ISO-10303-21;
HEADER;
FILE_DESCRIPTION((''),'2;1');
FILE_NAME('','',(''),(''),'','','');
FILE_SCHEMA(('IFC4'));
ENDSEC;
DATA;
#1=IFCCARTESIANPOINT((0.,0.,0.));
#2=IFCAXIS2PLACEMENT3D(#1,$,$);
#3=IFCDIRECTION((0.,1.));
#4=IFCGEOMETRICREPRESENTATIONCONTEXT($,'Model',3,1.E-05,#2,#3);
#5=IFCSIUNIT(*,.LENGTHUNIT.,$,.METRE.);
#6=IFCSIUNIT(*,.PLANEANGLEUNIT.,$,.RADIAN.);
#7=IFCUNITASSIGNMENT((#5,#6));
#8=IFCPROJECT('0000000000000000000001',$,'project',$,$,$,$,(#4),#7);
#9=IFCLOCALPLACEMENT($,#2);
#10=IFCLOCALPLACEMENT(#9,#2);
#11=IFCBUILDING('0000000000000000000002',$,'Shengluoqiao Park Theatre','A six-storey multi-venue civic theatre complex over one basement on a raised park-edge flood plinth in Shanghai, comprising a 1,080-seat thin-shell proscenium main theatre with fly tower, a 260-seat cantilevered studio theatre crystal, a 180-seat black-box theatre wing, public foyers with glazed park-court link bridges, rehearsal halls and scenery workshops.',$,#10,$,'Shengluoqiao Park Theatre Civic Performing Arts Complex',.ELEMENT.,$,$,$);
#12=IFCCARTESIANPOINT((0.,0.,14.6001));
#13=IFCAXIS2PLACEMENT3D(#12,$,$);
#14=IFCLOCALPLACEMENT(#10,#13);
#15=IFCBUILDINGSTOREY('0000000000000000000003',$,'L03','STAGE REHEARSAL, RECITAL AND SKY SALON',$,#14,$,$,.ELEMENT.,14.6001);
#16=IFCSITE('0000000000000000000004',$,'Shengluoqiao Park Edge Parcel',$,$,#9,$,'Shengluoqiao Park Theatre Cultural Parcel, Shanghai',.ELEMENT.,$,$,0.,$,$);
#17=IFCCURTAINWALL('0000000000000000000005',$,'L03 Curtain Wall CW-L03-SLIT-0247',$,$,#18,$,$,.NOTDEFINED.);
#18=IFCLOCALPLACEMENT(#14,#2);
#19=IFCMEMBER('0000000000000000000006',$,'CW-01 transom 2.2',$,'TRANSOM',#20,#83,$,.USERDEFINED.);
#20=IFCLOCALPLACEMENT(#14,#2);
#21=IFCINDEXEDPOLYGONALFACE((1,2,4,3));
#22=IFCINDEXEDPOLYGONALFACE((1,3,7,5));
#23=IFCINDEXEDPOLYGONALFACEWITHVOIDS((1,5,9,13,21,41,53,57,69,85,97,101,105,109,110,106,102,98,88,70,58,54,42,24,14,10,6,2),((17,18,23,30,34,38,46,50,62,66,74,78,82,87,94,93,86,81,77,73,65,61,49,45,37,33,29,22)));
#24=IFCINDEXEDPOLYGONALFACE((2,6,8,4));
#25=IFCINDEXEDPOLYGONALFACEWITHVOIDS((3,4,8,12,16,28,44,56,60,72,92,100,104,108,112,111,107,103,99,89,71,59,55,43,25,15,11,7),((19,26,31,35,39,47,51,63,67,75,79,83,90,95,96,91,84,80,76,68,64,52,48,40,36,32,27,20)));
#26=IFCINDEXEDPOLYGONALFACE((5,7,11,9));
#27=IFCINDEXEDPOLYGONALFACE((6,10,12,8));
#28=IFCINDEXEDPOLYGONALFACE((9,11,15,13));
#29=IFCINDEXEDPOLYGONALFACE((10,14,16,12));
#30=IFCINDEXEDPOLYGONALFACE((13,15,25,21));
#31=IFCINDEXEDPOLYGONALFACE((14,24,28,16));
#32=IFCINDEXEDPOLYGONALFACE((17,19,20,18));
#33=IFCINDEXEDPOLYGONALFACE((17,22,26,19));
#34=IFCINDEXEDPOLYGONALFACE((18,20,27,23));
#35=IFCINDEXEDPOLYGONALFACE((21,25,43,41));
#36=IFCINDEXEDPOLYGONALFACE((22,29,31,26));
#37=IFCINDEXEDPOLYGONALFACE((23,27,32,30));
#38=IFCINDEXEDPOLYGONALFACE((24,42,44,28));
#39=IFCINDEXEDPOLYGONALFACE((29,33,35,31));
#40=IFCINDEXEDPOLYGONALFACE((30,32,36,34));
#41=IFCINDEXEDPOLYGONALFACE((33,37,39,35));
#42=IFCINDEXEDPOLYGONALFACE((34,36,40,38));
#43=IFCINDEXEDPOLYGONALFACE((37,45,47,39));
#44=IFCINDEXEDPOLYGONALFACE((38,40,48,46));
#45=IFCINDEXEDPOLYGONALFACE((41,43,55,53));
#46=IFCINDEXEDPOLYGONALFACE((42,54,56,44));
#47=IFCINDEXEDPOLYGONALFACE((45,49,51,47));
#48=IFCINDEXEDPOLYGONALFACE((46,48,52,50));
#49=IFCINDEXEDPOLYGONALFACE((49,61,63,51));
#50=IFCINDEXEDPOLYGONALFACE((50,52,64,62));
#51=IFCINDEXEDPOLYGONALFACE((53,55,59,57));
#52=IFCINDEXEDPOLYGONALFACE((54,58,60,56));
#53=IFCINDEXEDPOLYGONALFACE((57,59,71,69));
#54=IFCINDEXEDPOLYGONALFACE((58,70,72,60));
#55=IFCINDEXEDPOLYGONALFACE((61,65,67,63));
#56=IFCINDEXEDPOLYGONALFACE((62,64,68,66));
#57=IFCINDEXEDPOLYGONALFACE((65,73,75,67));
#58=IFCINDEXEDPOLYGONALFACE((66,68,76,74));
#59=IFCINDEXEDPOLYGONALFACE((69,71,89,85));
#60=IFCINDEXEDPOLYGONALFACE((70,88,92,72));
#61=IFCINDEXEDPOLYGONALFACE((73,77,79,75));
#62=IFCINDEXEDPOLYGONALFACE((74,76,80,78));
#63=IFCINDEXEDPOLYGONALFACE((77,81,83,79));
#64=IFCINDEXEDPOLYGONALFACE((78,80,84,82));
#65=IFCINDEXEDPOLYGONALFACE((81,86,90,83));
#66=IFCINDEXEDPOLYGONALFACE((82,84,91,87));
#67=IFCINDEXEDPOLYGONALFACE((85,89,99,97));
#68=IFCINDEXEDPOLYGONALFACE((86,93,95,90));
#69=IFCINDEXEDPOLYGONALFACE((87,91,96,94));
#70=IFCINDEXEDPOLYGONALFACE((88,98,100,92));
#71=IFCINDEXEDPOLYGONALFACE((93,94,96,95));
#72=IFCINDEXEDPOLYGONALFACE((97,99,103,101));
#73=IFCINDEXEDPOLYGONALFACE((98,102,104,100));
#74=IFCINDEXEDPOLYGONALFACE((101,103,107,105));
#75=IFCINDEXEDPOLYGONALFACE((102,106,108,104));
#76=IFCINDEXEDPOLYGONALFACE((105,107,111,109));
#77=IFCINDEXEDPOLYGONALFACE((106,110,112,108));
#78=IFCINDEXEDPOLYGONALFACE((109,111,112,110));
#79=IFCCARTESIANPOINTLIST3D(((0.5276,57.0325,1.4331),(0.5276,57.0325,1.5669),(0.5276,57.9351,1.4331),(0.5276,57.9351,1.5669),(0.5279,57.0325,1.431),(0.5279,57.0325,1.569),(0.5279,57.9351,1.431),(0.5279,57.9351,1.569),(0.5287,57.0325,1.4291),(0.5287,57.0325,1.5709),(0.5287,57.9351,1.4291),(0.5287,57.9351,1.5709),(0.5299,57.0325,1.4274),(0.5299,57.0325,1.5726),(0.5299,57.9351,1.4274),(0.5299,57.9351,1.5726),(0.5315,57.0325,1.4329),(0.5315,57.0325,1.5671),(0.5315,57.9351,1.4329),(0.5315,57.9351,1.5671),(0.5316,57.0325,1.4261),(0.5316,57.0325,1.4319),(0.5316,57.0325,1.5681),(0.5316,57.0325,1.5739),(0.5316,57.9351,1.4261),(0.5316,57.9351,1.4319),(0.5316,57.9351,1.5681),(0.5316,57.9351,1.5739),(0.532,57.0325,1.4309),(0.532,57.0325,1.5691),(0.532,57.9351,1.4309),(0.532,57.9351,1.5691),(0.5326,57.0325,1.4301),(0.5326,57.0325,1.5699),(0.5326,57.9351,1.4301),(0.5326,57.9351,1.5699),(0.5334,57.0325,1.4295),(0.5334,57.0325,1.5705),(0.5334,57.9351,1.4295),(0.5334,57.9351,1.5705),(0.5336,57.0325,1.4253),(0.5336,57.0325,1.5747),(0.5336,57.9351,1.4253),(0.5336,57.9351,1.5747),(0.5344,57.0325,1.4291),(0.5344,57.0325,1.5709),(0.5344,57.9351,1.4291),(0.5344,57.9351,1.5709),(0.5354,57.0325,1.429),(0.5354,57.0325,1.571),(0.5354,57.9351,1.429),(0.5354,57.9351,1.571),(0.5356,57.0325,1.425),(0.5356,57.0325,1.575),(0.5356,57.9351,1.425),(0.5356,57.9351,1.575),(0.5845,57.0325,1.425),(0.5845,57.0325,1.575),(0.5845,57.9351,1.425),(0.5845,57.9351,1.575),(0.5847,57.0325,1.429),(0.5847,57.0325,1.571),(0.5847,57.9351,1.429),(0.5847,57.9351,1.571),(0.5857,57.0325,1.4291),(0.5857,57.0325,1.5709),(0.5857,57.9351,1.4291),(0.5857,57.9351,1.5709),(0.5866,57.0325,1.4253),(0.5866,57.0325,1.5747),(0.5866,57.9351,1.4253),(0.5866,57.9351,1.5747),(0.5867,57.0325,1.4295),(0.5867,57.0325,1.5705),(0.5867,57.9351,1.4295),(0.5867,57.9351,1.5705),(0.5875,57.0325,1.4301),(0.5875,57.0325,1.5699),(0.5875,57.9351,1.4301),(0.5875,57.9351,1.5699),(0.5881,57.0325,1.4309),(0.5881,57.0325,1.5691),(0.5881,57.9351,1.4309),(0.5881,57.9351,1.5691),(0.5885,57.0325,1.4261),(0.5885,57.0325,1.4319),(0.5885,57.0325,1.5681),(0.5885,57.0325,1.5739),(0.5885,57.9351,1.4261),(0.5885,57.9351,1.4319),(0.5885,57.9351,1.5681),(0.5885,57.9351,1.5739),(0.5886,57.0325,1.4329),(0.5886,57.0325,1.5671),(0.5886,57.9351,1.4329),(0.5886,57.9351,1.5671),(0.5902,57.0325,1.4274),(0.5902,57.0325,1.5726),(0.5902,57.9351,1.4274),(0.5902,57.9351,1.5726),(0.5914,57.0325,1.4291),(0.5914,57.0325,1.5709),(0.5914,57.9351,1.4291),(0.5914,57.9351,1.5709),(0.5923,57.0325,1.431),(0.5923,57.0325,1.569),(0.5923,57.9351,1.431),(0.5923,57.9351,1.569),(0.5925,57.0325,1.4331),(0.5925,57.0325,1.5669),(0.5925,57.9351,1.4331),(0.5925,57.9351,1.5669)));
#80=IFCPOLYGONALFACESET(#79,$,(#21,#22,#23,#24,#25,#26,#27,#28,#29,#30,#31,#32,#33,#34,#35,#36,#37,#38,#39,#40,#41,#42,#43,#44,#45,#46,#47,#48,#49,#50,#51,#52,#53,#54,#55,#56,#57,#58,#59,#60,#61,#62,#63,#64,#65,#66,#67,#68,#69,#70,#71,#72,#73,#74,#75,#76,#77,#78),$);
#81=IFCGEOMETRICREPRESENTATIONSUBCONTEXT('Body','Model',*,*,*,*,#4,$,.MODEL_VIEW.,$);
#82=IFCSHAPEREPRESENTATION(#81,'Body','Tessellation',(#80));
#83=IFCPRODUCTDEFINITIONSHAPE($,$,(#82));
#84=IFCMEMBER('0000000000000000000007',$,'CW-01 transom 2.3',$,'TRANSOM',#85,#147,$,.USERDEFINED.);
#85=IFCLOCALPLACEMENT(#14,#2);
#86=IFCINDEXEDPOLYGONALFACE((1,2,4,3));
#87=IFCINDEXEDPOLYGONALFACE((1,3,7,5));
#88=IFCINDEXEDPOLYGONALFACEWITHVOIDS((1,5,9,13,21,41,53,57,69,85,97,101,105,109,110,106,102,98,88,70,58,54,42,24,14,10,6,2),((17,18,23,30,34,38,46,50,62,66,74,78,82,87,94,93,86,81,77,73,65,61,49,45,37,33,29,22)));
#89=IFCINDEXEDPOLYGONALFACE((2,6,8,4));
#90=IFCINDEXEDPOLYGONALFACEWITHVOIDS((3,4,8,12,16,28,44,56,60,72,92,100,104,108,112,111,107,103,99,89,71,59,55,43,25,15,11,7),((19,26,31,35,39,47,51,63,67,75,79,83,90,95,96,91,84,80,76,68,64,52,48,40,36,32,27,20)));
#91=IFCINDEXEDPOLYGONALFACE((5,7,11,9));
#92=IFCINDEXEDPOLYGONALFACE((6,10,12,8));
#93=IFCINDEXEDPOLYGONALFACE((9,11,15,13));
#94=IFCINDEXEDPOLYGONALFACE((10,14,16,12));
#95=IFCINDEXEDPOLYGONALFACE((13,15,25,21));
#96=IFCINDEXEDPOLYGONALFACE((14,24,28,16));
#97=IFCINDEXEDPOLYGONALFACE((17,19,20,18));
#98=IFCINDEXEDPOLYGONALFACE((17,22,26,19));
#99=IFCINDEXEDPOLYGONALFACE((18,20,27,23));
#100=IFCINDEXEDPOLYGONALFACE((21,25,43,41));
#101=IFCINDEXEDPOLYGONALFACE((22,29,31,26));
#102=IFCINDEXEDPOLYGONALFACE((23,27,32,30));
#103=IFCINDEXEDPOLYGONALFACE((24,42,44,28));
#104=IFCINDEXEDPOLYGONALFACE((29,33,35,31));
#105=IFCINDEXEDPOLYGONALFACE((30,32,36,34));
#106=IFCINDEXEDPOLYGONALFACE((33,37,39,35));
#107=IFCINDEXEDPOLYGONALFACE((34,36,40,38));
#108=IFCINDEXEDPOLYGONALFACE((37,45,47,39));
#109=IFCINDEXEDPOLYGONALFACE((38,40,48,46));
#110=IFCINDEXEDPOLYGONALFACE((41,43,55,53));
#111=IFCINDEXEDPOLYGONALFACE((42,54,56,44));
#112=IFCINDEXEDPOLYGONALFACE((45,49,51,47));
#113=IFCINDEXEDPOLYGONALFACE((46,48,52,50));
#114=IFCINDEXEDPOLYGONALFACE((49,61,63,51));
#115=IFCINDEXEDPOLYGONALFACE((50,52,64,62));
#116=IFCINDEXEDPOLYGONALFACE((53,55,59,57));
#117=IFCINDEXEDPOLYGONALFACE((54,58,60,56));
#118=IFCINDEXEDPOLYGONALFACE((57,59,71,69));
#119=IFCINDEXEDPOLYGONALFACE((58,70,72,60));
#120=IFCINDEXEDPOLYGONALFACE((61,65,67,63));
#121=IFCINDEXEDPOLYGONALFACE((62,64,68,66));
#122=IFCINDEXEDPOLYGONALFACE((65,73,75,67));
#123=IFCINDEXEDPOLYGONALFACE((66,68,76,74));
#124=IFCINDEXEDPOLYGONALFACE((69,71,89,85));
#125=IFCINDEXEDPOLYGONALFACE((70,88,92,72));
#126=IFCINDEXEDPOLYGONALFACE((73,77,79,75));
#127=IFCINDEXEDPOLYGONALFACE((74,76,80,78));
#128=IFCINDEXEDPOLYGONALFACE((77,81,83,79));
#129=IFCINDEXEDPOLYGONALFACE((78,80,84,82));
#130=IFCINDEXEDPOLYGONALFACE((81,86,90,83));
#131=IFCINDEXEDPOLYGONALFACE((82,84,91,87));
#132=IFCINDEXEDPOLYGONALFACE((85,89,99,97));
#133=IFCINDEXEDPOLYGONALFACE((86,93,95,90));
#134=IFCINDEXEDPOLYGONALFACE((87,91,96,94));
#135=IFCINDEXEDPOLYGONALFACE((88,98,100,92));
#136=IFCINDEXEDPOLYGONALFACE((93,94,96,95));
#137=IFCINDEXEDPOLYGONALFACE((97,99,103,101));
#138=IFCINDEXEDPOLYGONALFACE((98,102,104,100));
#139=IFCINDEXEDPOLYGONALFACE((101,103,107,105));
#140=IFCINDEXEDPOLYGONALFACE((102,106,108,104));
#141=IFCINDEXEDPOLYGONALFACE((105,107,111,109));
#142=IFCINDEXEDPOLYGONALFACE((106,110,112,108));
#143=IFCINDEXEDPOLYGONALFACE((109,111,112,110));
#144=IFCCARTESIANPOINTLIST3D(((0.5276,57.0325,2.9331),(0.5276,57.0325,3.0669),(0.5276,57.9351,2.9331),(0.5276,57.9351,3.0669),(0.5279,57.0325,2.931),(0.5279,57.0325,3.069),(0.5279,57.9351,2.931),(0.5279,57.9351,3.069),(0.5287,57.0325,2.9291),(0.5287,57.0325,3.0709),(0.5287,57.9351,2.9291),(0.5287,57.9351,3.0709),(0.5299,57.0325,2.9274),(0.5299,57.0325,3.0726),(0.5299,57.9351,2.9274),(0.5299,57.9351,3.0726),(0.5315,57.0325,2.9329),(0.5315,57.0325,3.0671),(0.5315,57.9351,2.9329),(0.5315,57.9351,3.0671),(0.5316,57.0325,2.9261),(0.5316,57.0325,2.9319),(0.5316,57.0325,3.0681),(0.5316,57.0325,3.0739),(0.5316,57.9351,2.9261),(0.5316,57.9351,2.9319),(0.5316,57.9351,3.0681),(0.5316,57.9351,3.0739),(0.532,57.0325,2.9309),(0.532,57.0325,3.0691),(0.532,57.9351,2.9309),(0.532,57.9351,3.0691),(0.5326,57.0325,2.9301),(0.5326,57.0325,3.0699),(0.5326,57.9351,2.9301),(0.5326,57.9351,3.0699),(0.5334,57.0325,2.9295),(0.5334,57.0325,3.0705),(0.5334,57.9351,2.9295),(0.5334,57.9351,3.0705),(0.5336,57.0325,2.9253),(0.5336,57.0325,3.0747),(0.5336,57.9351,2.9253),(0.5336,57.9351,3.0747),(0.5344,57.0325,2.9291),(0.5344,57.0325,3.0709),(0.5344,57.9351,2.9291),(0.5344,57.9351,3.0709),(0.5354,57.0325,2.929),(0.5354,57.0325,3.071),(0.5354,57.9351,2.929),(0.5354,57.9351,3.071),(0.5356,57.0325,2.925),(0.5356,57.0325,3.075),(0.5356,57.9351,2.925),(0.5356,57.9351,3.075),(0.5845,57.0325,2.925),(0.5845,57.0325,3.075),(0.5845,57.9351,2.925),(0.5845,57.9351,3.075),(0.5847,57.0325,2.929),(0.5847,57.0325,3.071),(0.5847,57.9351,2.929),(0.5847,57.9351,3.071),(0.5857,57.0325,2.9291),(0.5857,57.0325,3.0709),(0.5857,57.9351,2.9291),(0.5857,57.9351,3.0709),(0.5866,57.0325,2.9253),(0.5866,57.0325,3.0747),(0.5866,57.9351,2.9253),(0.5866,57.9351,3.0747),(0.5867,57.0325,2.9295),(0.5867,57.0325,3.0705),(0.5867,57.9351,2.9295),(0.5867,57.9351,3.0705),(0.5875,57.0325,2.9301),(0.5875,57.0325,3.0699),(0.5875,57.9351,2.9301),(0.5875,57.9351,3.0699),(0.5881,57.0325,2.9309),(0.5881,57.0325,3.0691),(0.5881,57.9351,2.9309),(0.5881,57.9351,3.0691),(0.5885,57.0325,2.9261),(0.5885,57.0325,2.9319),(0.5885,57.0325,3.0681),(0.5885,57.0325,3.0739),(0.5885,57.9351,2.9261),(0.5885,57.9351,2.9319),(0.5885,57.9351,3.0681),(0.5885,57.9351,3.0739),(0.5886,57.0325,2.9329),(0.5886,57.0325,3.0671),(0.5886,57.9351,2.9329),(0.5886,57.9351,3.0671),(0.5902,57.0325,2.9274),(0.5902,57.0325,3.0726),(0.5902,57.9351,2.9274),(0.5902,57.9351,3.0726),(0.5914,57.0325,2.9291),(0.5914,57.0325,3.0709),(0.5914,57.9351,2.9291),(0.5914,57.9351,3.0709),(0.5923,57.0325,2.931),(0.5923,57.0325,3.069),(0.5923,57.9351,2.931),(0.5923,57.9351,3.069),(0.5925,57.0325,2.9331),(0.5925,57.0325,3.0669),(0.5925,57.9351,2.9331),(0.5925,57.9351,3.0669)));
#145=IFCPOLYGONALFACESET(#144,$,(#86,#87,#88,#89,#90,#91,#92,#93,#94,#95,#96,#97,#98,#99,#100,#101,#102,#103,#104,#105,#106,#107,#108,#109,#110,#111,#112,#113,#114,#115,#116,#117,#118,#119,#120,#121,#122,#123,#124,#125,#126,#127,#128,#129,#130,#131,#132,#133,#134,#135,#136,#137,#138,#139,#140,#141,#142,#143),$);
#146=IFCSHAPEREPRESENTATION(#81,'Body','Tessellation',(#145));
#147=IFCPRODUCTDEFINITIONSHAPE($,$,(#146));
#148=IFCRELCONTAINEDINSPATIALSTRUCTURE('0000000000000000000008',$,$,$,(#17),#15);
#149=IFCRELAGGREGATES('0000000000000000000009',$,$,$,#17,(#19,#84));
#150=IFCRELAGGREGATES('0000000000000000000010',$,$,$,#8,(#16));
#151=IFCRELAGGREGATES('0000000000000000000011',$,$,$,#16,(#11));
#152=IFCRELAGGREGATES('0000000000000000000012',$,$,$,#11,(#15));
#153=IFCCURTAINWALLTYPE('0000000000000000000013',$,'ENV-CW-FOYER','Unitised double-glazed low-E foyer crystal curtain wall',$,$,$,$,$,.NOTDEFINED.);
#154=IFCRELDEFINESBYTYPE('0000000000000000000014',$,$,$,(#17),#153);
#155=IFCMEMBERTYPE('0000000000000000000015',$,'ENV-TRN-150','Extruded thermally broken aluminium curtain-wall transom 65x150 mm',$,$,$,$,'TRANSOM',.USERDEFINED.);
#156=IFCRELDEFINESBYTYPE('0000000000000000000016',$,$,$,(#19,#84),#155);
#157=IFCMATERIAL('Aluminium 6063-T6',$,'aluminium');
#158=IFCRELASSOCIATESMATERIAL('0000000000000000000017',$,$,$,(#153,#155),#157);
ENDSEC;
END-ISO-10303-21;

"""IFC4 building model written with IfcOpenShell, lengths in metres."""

from ifc_helpers import new_model, si_unit, direction, frame, origin, origin_2d, place, context, subcontext, project, spatial, hollow_rectangle, extrude, material, material_profile, profile_set, type_object, element, aggregate, save


model = new_model("IFC4")

# Units and contexts
model_context = context("Model", 3, precision=1e-05, world=origin(), true_north=direction((0.0, 1.0)))
body_context = subcontext(model_context, "Body", "Model", "MODEL_VIEW")
ifc_project = project(units=[si_unit("LENGTHUNIT", "METRE"), si_unit("PLANEANGLEUNIT", "RADIAN")], contexts=[model_context])

# Site, building, storey
site_placement = place(None, origin())
site = spatial("IfcSite", under=ifc_project, at=site_placement, Name="Shengluoqiao Park Edge Parcel", LongName="Shengluoqiao Park Theatre Cultural Parcel, Shanghai", CompositionType="ELEMENT", RefElevation=0.0)
building_placement = place(site_placement, origin())
building = spatial("IfcBuilding", under=site, at=building_placement, Name="Shengluoqiao Park Theatre", Description="A six-storey multi-venue civic theatre complex over one basement on a raised park-edge flood plinth in Shanghai, comprising a 1,080-seat thin-shell proscenium main theatre with fly tower, a 260-seat cantilevered studio theatre crystal, a 180-seat black-box theatre wing, public foyers with glazed park-court link bridges, rehearsal halls and scenery workshops.", LongName="Shengluoqiao Park Theatre Civic Performing Arts Complex", CompositionType="ELEMENT")
storey_placement = place(building_placement, frame((0.0, 0.0, 14.6001)))
storey = spatial("IfcBuildingStorey", under=building, at=storey_placement, Name="L03", Description="STAGE REHEARSAL, RECITAL AND SKY SALON", CompositionType="ELEMENT", Elevation=14.6001)

# Curtain wall, members
ifc_material_1 = material(Name="Aluminium 6063-T6", Category="aluminium")
curtain_wall_type = type_object("IfcCurtainWallType", Name="ENV-CW-FOYER", Description="Unitised double-glazed low-E foyer crystal curtain wall", PredefinedType="NOTDEFINED", material=ifc_material_1)
curtain_wall_placement = place(storey_placement, origin())
curtain_wall = element("IfcCurtainWall", 1, at=curtain_wall_placement, inside=storey, type_object=curtain_wall_type, Name="L03 Curtain Wall CW-L03-SLIT-0247", PredefinedType="NOTDEFINED")
ifc_material_profile_1 = material_profile(ifc_material_1, hollow_rectangle(XDim=0.0649, YDim=0.1499, WallThickness=0.0039, InnerFilletRadius=0.0039, OuterFilletRadius=0.0081, at=origin_2d()), Name="ALU TRANSOM 150x65x4")
ifc_profile_set_1 = profile_set([ifc_material_profile_1], Name="Aluminium 6063-T6")
member_type_1 = type_object("IfcMemberType", Name="ENV-TRN-150", Description="Extruded thermally broken aluminium curtain-wall transom 65x150 mm", ElementType="TRANSOM", PredefinedType="USERDEFINED", material=ifc_profile_set_1)
member_1_placement = place(storey_placement, frame((0.5601, 57.0325, 1.5), z_axis=(0.0, 1.0, 0.0), x_axis=(-1.0, 0.0, 0.0)))
member_1 = element("IfcMember", 2, at=member_1_placement, type_object=member_type_1, Name="CW-01 transom 2.2", ObjectType="TRANSOM", PredefinedType="USERDEFINED", context=body_context, shape_type="SweptSolid", body=[
    extrude(hollow_rectangle(XDim=0.0649, YDim=0.1499, WallThickness=0.0039, InnerFilletRadius=0.0039, OuterFilletRadius=0.0081, at=origin_2d()), origin(), (0.0, 0.0, 1.0), 0.9026),
])
member_2_placement = place(storey_placement, frame((0.5601, 57.0325, 3.0), z_axis=(0.0, 1.0, 0.0), x_axis=(-1.0, 0.0, 0.0)))
member_2 = element("IfcMember", 3, at=member_2_placement, type_object=member_type_1, Name="CW-01 transom 2.3", ObjectType="TRANSOM", PredefinedType="USERDEFINED", context=body_context, shape_type="SweptSolid", body=[
    extrude(hollow_rectangle(XDim=0.0649, YDim=0.1499, WallThickness=0.0039, InnerFilletRadius=0.0039, OuterFilletRadius=0.0081, at=origin_2d()), origin(), (0.0, 0.0, 1.0), 0.9026),
])

aggregate(curtain_wall, [member_1, member_2])

save(model, "model.ifc")
